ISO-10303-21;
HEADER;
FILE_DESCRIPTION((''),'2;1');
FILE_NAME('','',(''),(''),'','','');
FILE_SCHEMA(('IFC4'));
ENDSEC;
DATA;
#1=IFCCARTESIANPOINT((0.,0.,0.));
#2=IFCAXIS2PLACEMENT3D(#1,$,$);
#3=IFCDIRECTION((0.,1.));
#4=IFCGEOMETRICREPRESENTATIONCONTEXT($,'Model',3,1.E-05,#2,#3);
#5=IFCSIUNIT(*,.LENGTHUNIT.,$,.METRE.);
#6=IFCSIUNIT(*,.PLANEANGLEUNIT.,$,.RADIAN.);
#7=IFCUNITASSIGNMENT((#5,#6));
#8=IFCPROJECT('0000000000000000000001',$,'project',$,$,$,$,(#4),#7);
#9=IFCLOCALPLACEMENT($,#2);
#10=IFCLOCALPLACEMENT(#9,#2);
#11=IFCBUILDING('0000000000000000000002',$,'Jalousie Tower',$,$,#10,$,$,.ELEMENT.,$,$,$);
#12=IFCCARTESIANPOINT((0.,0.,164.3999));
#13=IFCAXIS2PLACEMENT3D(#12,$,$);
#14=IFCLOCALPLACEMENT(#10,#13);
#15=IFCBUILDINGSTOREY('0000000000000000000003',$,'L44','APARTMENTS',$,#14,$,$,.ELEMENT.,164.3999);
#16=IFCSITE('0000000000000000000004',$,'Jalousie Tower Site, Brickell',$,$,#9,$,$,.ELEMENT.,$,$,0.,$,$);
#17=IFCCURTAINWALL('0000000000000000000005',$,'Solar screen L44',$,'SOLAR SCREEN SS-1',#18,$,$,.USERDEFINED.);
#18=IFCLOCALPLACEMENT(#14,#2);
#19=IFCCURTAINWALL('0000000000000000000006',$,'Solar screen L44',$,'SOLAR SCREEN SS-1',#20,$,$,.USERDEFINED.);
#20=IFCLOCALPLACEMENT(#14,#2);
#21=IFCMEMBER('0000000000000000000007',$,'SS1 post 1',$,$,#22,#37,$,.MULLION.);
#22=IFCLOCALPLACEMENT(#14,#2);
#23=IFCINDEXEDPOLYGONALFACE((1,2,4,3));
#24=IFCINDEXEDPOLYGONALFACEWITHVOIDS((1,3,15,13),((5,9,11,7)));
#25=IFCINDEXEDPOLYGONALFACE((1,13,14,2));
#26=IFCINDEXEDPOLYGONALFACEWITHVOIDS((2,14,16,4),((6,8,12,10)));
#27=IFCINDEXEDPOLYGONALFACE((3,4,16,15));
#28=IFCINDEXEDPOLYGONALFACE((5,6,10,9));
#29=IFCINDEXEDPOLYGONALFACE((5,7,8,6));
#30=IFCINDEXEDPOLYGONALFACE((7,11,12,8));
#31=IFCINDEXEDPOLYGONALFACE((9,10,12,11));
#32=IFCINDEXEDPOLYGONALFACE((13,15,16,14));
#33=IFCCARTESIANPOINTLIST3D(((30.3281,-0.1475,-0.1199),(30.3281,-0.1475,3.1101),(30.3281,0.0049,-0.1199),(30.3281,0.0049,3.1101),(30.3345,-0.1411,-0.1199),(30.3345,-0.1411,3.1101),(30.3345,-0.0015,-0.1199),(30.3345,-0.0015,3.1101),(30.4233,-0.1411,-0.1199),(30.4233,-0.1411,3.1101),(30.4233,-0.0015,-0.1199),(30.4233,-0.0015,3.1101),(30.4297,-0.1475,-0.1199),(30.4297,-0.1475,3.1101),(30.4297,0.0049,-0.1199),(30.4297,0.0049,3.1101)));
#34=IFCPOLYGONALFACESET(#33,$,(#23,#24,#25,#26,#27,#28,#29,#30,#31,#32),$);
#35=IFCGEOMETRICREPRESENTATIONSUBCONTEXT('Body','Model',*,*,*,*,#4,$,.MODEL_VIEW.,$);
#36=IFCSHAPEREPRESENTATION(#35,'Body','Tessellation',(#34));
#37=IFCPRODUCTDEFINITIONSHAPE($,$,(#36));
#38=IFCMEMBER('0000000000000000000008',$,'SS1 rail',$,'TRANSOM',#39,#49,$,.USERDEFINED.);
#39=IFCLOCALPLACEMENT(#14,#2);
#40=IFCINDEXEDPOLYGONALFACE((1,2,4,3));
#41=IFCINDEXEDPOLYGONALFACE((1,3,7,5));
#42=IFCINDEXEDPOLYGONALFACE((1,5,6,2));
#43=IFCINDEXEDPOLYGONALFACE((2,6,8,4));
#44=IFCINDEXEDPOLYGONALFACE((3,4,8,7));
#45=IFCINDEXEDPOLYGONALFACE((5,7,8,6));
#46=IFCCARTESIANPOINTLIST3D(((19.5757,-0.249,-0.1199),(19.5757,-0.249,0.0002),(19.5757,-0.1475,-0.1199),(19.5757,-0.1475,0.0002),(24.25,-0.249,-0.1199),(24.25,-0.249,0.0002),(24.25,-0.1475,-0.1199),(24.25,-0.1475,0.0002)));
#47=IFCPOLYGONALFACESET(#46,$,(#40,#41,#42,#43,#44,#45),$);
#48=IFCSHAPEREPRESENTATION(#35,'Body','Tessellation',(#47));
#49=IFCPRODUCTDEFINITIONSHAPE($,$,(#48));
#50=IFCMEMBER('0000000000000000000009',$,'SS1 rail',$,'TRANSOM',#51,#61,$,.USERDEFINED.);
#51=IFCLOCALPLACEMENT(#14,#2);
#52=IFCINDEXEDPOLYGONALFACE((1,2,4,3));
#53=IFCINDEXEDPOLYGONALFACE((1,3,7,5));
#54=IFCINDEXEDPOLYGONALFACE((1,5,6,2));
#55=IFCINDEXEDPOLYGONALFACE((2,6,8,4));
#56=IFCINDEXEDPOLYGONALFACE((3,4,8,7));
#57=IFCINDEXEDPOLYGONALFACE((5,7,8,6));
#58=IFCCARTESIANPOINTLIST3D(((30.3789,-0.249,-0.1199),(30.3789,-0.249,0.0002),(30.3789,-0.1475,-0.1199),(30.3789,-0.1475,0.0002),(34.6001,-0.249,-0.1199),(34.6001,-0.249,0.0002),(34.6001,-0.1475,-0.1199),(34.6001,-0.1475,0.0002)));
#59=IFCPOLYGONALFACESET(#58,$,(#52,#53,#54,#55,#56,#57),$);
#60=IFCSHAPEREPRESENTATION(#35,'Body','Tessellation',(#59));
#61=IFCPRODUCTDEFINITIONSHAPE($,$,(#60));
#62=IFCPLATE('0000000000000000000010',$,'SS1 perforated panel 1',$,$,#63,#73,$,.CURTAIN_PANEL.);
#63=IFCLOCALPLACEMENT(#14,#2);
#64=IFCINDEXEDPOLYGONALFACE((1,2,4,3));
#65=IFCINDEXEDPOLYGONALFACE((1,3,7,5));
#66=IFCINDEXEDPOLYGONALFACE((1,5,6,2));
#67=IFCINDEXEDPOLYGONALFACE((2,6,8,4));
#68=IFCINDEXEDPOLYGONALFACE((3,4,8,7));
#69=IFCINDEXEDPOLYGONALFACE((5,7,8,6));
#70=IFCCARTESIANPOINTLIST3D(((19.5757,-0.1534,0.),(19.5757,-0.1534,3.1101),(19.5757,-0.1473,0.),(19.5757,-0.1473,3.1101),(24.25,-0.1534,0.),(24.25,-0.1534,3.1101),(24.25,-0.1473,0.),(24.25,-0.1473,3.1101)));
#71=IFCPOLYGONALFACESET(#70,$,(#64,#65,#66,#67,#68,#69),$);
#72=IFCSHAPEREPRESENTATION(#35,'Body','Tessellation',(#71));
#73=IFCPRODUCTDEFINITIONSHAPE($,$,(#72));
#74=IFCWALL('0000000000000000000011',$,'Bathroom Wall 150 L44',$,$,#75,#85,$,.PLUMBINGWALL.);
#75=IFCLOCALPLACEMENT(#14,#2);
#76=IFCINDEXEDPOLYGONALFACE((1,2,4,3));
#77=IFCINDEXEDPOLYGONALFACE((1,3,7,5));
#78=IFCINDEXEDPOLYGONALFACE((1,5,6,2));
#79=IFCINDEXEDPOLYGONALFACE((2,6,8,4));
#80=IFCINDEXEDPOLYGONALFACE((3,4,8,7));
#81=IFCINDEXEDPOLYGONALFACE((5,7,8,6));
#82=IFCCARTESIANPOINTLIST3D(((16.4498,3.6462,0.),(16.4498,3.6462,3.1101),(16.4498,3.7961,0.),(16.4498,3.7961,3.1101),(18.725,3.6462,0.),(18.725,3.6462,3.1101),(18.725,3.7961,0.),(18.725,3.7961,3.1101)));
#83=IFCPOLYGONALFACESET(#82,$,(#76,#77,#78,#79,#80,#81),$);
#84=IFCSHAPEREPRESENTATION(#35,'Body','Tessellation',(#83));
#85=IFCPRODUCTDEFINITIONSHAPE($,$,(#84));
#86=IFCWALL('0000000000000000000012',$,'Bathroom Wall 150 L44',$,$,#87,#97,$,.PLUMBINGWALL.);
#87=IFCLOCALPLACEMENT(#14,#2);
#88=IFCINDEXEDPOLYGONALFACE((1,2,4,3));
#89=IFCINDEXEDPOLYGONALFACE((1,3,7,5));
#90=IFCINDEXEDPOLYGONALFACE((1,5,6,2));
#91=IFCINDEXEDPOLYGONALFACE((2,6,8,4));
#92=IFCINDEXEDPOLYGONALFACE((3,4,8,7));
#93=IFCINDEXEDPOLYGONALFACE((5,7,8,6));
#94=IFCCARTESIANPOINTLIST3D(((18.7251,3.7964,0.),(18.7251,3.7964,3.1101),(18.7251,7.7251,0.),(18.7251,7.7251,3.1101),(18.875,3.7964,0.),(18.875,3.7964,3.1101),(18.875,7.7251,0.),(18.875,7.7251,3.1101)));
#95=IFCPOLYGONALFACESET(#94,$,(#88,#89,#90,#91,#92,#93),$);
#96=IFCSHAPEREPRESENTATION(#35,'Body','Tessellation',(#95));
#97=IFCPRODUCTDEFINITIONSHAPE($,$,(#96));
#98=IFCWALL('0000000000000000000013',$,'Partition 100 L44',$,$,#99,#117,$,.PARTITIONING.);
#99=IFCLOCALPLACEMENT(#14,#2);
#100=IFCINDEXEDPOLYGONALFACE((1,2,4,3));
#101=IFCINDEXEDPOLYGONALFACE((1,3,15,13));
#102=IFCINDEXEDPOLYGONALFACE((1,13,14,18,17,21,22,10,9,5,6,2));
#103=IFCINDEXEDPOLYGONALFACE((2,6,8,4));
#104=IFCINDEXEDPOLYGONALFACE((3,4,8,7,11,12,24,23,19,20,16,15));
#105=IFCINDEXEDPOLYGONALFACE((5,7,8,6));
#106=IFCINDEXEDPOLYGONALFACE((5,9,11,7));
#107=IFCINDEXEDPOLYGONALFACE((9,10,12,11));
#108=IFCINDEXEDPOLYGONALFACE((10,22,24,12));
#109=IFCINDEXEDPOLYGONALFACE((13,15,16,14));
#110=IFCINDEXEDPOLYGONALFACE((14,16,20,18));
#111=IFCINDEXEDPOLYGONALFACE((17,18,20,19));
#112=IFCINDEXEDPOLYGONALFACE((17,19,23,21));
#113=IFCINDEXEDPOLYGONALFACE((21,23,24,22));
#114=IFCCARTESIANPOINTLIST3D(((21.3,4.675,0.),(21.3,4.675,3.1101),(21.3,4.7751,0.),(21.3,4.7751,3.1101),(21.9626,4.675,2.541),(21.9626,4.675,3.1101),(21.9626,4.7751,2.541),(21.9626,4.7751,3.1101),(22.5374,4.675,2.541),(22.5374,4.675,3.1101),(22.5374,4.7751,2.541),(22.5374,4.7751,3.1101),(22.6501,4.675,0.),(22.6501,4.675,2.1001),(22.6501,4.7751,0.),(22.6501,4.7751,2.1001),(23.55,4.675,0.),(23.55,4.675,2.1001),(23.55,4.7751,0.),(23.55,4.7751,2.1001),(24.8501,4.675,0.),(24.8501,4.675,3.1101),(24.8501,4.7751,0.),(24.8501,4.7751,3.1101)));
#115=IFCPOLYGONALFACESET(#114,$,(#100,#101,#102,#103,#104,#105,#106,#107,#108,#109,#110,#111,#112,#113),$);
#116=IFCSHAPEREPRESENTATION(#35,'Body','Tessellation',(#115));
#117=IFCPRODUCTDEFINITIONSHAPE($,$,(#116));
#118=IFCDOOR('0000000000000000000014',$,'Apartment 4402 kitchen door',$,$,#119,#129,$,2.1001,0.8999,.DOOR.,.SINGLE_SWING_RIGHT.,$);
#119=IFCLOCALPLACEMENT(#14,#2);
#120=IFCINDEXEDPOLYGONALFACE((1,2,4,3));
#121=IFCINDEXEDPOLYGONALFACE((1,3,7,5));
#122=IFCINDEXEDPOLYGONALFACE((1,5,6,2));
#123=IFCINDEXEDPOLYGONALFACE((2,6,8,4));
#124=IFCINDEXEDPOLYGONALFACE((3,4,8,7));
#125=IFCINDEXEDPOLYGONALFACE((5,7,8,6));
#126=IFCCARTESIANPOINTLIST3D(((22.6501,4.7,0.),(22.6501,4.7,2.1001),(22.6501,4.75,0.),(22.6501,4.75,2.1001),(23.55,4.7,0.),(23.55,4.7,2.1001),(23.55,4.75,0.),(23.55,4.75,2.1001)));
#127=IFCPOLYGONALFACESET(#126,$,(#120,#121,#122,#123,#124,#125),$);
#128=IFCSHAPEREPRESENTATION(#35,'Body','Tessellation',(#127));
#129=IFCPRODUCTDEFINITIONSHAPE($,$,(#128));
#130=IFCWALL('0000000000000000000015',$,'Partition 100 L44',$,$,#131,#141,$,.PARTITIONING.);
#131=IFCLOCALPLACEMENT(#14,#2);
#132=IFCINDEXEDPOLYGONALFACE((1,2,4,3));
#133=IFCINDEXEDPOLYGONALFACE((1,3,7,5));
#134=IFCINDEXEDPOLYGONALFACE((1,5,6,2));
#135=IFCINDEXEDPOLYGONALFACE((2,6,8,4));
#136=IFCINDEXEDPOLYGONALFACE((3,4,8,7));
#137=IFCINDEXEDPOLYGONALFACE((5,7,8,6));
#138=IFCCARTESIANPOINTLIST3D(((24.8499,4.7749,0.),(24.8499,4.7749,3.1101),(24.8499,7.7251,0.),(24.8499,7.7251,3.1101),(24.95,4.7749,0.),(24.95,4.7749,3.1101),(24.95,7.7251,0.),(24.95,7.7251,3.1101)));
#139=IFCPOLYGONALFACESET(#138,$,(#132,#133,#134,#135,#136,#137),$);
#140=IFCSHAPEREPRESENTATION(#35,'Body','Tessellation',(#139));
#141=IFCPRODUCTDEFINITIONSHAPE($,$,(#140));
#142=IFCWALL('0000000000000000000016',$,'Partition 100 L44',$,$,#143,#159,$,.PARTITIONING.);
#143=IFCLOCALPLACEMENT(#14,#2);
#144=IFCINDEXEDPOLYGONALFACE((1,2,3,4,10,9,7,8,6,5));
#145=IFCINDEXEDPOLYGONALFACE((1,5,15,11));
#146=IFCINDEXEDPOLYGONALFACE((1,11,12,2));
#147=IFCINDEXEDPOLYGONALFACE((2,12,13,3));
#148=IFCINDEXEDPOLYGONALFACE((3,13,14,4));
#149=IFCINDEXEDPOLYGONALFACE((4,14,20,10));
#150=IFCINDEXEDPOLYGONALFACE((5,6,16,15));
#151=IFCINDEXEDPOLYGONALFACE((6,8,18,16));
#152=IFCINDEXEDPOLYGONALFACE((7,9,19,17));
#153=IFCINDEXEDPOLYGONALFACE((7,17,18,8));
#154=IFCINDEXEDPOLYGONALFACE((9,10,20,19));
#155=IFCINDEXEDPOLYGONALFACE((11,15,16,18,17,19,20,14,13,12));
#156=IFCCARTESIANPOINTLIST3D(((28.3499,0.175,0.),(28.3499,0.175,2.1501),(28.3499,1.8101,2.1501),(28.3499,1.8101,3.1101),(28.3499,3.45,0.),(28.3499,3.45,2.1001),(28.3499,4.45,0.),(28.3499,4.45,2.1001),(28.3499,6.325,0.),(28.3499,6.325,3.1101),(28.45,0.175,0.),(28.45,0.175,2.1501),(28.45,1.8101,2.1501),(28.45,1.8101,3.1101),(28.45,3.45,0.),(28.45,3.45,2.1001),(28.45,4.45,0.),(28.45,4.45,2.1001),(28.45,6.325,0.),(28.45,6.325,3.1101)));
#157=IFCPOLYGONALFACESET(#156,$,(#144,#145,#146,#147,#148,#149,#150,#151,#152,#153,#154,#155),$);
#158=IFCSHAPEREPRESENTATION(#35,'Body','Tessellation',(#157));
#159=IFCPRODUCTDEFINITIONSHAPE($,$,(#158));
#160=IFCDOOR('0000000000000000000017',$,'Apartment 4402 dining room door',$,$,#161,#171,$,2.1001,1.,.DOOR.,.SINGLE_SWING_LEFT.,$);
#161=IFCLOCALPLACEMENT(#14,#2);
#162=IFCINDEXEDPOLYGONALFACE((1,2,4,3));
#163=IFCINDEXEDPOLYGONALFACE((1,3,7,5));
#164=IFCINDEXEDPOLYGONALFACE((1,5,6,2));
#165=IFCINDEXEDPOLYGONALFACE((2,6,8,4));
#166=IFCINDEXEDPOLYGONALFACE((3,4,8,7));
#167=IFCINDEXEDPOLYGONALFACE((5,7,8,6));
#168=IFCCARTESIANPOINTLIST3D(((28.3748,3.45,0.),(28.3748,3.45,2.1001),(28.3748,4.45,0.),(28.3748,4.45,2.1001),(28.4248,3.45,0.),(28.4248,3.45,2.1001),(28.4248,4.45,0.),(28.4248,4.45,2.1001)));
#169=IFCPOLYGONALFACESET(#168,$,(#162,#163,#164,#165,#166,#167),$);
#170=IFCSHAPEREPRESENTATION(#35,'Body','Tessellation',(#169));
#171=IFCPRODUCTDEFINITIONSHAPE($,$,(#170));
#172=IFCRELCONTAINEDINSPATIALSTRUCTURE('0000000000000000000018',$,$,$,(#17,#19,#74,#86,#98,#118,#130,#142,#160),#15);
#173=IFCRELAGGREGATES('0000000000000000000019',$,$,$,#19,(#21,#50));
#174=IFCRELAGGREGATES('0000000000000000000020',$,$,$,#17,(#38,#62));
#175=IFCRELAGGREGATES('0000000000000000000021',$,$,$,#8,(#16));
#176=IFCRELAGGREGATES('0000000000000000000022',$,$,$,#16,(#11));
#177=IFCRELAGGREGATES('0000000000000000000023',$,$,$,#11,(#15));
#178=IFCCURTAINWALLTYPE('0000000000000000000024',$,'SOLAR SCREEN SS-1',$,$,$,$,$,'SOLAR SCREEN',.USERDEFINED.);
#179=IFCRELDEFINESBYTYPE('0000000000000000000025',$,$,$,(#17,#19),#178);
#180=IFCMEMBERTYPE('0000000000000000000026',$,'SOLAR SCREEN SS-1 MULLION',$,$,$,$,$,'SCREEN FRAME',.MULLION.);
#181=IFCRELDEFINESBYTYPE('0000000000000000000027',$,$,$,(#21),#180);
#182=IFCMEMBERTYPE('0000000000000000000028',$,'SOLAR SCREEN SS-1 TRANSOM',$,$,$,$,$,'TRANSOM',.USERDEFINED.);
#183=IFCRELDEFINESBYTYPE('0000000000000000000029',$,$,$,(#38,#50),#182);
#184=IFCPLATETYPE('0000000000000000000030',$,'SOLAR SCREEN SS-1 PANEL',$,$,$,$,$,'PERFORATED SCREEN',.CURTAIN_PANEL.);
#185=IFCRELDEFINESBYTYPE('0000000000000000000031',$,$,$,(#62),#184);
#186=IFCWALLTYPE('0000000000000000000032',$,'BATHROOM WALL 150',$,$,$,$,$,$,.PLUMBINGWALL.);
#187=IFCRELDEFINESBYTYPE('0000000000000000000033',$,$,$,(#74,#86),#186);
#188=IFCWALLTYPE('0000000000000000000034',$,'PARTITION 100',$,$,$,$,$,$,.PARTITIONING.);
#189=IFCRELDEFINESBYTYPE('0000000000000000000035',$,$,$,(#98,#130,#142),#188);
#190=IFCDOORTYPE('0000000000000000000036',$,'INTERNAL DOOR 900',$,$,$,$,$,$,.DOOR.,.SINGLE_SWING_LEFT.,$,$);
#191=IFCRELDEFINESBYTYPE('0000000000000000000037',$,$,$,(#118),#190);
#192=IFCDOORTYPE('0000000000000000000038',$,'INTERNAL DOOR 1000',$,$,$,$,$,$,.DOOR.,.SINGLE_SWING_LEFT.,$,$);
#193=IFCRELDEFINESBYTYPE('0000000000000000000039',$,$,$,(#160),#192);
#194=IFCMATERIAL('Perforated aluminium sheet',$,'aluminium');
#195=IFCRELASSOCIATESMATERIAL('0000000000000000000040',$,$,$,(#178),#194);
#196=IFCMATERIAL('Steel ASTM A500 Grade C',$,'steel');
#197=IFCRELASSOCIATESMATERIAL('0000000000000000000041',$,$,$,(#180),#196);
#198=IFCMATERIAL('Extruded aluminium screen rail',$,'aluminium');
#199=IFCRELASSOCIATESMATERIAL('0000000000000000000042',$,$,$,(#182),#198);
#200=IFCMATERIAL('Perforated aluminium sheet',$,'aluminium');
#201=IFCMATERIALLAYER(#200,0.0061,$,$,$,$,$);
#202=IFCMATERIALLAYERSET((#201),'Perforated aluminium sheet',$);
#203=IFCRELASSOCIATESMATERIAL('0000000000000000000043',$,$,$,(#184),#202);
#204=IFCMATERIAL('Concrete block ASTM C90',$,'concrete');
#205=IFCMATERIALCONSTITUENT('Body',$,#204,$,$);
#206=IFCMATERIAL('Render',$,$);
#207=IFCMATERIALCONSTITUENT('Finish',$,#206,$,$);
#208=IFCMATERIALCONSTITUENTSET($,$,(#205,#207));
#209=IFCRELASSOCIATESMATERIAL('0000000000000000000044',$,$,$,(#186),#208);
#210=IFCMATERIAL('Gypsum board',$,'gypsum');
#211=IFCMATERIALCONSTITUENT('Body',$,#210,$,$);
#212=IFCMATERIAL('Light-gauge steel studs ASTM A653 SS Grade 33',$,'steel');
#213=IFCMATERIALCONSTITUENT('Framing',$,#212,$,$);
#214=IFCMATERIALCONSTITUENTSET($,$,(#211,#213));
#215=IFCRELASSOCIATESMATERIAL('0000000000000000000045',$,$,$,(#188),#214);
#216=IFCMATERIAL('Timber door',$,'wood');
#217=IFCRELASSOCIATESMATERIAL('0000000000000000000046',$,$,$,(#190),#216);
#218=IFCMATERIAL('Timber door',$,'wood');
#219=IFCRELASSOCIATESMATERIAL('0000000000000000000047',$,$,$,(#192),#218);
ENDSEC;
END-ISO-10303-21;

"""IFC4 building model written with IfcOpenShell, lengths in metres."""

from ifc_helpers import new_model, si_unit, direction, frame, frame_2d, origin, origin_2d, place, context, subcontext, project, spatial, polyline, rectangle, hollow_rectangle, outline, extrude, material, layer, layer_set, constituent, constituent_set, material_profile, profile_set, type_object, element, fill, aggregate, save


model = new_model("IFC4")

# Units and contexts
model_context = context("Model", 3, precision=1e-05, world=origin(), true_north=direction((0.0, 1.0)))
body_context = subcontext(model_context, "Body", "Model", "MODEL_VIEW")
ifc_project = project(units=[si_unit("LENGTHUNIT", "METRE"), si_unit("PLANEANGLEUNIT", "RADIAN")], contexts=[model_context])

# Site, building, storey
site_placement = place(None, origin())
site = spatial("IfcSite", under=ifc_project, at=site_placement, Name="Jalousie Tower Site, Brickell", CompositionType="ELEMENT", RefElevation=0.0)
building_placement = place(site_placement, origin())
building = spatial("IfcBuilding", under=site, at=building_placement, Name="Jalousie Tower", CompositionType="ELEMENT")
storey_placement = place(building_placement, frame((0.0, 0.0, 164.3999)))
storey = spatial("IfcBuildingStorey", under=building, at=storey_placement, Name="L44", Description="APARTMENTS", CompositionType="ELEMENT", Elevation=164.3999)

# Curtain wall
ifc_material_1 = material(Name="Perforated aluminium sheet", Category="aluminium")
curtain_wall_type = type_object("IfcCurtainWallType", Name="SOLAR SCREEN SS-1", ElementType="SOLAR SCREEN", PredefinedType="USERDEFINED", material=ifc_material_1)
curtain_wall_1_placement = place(storey_placement, origin())
curtain_wall_1 = element("IfcCurtainWall", 1, at=curtain_wall_1_placement, inside=storey, type_object=curtain_wall_type, Name="Solar screen L44", ObjectType="SOLAR SCREEN SS-1", PredefinedType="USERDEFINED")
ifc_material_2 = material(Name="Steel ASTM A500 Grade C", Category="steel")
ifc_material_profile_1 = material_profile(ifc_material_2, hollow_rectangle(XDim=0.1016, YDim=0.1523, WallThickness=0.0063, at=origin_2d()), Name="HSS6X4X1/4")
ifc_profile_set_1 = profile_set([ifc_material_profile_1], Name="Steel ASTM A500 Grade C")
member_type_1 = type_object("IfcMemberType", Name="SOLAR SCREEN SS-1 MULLION", ElementType="SCREEN FRAME", PredefinedType="MULLION", material=ifc_profile_set_1)

# Curtain wall, member
curtain_wall_2_placement = place(storey_placement, origin())
curtain_wall_2 = element("IfcCurtainWall", 2, at=curtain_wall_2_placement, inside=storey, type_object=curtain_wall_type, Name="Solar screen L44", ObjectType="SOLAR SCREEN SS-1", PredefinedType="USERDEFINED")
member_1_placement = place(storey_placement, frame((30.3789, -0.0713, -0.1199), z_axis=(0.0, 0.0, 1.0), x_axis=(1.0, 0.0, 0.0)))
member_1 = element("IfcMember", 3, at=member_1_placement, type_object=member_type_1, Name="SS1 post 1", PredefinedType="MULLION", context=body_context, shape_type="SweptSolid", body=[
    extrude(hollow_rectangle(XDim=0.1016, YDim=0.1523, WallThickness=0.0063, at=origin_2d()), origin(), (0.0, 0.0, 1.0), 3.23),
])

# Members
ifc_material_3 = material(Name="Extruded aluminium screen rail", Category="aluminium")
ifc_material_profile_2 = material_profile(ifc_material_3, rectangle(XDim=0.1016, YDim=0.1201, at=origin_2d()), Name="RAIL 102x120")
ifc_profile_set_2 = profile_set([ifc_material_profile_2], Name="Extruded aluminium screen rail")
member_type_2 = type_object("IfcMemberType", Name="SOLAR SCREEN SS-1 TRANSOM", ElementType="TRANSOM", PredefinedType="USERDEFINED", material=ifc_profile_set_2)
member_2_placement = place(storey_placement, frame((19.5757, -0.1982, -0.0598), z_axis=(1.0, 0.0, 0.0), x_axis=(0.0, 1.0, 0.0)))
member_2 = element("IfcMember", 4, at=member_2_placement, type_object=member_type_2, Name="SS1 rail", ObjectType="TRANSOM", PredefinedType="USERDEFINED", context=body_context, shape_type="SweptSolid", body=[
    extrude(rectangle(XDim=0.1016, YDim=0.1201, at=origin_2d()), origin(), (0.0, 0.0, 1.0), 4.6743),
])
member_3_placement = place(storey_placement, frame((30.3789, -0.1982, -0.0598), z_axis=(1.0, 0.0, 0.0), x_axis=(0.0, 1.0, 0.0)))
member_3 = element("IfcMember", 5, at=member_3_placement, type_object=member_type_2, Name="SS1 rail", ObjectType="TRANSOM", PredefinedType="USERDEFINED", context=body_context, shape_type="SweptSolid", body=[
    extrude(rectangle(XDim=0.1016, YDim=0.1201, at=origin_2d()), origin(), (0.0, 0.0, 1.0), 4.2212),
])
aggregate(curtain_wall_2, [member_1, member_3])

# Plate
ifc_material_4 = material(Name="Perforated aluminium sheet", Category="aluminium")
ifc_layer_1 = layer(ifc_material_4, 0.0061)
ifc_layer_set_1 = layer_set([ifc_layer_1], Name="Perforated aluminium sheet")
plate_type = type_object("IfcPlateType", Name="SOLAR SCREEN SS-1 PANEL", ElementType="PERFORATED SCREEN", PredefinedType="CURTAIN_PANEL", material=ifc_layer_set_1)
plate_placement = place(storey_placement, frame((21.9128, -0.1504, 0.0), z_axis=(0.0, 0.0, 1.0), x_axis=(1.0, 0.0, 0.0)))
plate = element("IfcPlate", 6, at=plate_placement, type_object=plate_type, Name="SS1 perforated panel 1", PredefinedType="CURTAIN_PANEL", context=body_context, shape_type="SweptSolid", body=[
    extrude(rectangle(XDim=4.6743, YDim=0.0061, at=origin_2d()), origin(), (0.0, 0.0, 1.0), 3.1101),
])
aggregate(curtain_wall_1, [member_2, plate])

# Walls
ifc_material_5 = material(Name="Concrete block ASTM C90", Category="concrete")
ifc_constituent_1 = constituent(ifc_material_5, Name="Body")
ifc_material_6 = material(Name="Render")
ifc_constituent_2 = constituent(ifc_material_6, Name="Finish")
ifc_constituent_set_1 = constituent_set(constituents=[ifc_constituent_1, ifc_constituent_2])
wall_type_1 = type_object("IfcWallType", Name="BATHROOM WALL 150", PredefinedType="PLUMBINGWALL", material=ifc_constituent_set_1)
wall_1_placement = place(storey_placement, frame((18.7251, 3.7212, 0.0), z_axis=(0.0, 0.0, 1.0), x_axis=(-1.0, 0.0, 0.0)))
element("IfcWall", 7, at=wall_1_placement, inside=storey, type_object=wall_type_1, Name="Bathroom Wall 150 L44", PredefinedType="PLUMBINGWALL", context=body_context, shape_type="SweptSolid", body=[
    extrude(rectangle(XDim=2.2751, YDim=0.1499, at=frame_2d((1.1377, 0.0))), origin(), (0.0, 0.0, 1.0), 3.1101),
])
wall_2_placement = place(storey_placement, frame((18.8, 3.7964, 0.0), z_axis=(0.0, 0.0, 1.0), x_axis=(0.0, 1.0, 0.0)))
element("IfcWall", 8, at=wall_2_placement, inside=storey, type_object=wall_type_1, Name="Bathroom Wall 150 L44", PredefinedType="PLUMBINGWALL", context=body_context, shape_type="SweptSolid", body=[
    extrude(rectangle(XDim=3.9287, YDim=0.1499, at=frame_2d((1.9644, 0.0))), origin(), (0.0, 0.0, 1.0), 3.1101),
])

# Wall, opening, door
ifc_material_7 = material(Name="Gypsum board", Category="gypsum")
ifc_constituent_3 = constituent(ifc_material_7, Name="Body")
ifc_material_8 = material(Name="Light-gauge steel studs ASTM A653 SS Grade 33", Category="steel")
ifc_constituent_4 = constituent(ifc_material_8, Name="Framing")
ifc_constituent_set_2 = constituent_set(constituents=[ifc_constituent_3, ifc_constituent_4])
wall_type_2 = type_object("IfcWallType", Name="PARTITION 100", PredefinedType="PARTITIONING", material=ifc_constituent_set_2)
wall_3_placement = place(storey_placement, frame((21.3, 4.7251, 0.0), z_axis=(0.0, 0.0, 1.0), x_axis=(1.0, 0.0, 0.0)))
wall_3 = element("IfcWall", 9, at=wall_3_placement, inside=storey, type_object=wall_type_2, Name="Partition 100 L44", PredefinedType="PARTITIONING", context=body_context, shape_type="SweptSolid", body=[
    extrude(outline(polyline([(0.0, 0.0), (3.55, 0.0), (3.55, 3.1101), (1.2373, 3.1101), (1.2373, 2.541), (0.6626, 2.541), (0.6626, 3.1101), (0.0, 3.1101), (0.0, 0.0)])), frame((0.0, 0.05, 0.0), z_axis=(0.0, -1.0, 0.0), x_axis=(1.0, 0.0, 0.0)), (0.0, 0.0, 1.0), 0.1001),
])
opening_1_placement = place(wall_3_placement, frame((1.3501, 0.0, 0.0)))
opening_1 = element("IfcOpeningElement", 10, at=opening_1_placement, cuts=wall_3, PredefinedType="OPENING", context=body_context, shape_type="SweptSolid", body=[
    extrude(rectangle(XDim=0.8999, YDim=2.1001, at=frame_2d((0.45, 1.05))), frame((0.0, 0.0601, 0.0), z_axis=(0.0, -1.0, 0.0), x_axis=(1.0, 0.0, 0.0)), (0.0, 0.0, 1.0), 0.1201),
])
ifc_material_9 = material(Name="Timber door", Category="wood")
door_type_1 = type_object("IfcDoorType", Name="INTERNAL DOOR 900", OperationType="SINGLE_SWING_LEFT", PredefinedType="DOOR", material=ifc_material_9)
door_1_placement = place(opening_1_placement, origin())
door_1 = element("IfcDoor", 11, at=door_1_placement, inside=storey, type_object=door_type_1, Name="Apartment 4402 kitchen door", OperationType="SINGLE_SWING_RIGHT", OverallHeight=2.1001, OverallWidth=0.8999, PredefinedType="DOOR", context=body_context, shape_type="SweptSolid", body=[
    extrude(rectangle(XDim=0.8999, YDim=2.1001, at=frame_2d((0.45, 1.05))), frame((0.0, 0.0249, 0.0), z_axis=(0.0, -1.0, 0.0), x_axis=(1.0, 0.0, 0.0)), (0.0, 0.0, 1.0), 0.05),
])
fill(opening_1, door_1)

# Wall
wall_4_placement = place(storey_placement, frame((24.8999, 4.7749, 0.0), z_axis=(0.0, 0.0, 1.0), x_axis=(0.0, 1.0, 0.0)))
element("IfcWall", 12, at=wall_4_placement, inside=storey, type_object=wall_type_2, Name="Partition 100 L44", PredefinedType="PARTITIONING", context=body_context, shape_type="SweptSolid", body=[
    extrude(rectangle(XDim=2.9502, YDim=0.1001, at=frame_2d((1.4751, 0.0))), origin(), (0.0, 0.0, 1.0), 3.1101),
])

# Wall, opening, door
wall_5_placement = place(storey_placement, frame((28.3999, 0.175, 0.0), z_axis=(0.0, 0.0, 1.0), x_axis=(0.0, 1.0, 0.0)))
wall_5 = element("IfcWall", 13, at=wall_5_placement, inside=storey, type_object=wall_type_2, Name="Partition 100 L44", PredefinedType="PARTITIONING", context=body_context, shape_type="SweptSolid", body=[
    extrude(outline(polyline([(0.0, 0.0), (6.1499, 0.0), (6.1499, 3.1101), (1.635, 3.1101), (1.635, 2.1501), (0.0, 2.1501), (0.0, 3.1101), (0.0, 0.0)])), frame((0.0, 0.05, 0.0), z_axis=(0.0, -1.0, 0.0), x_axis=(1.0, 0.0, 0.0)), (0.0, 0.0, 1.0), 0.1001),
])
opening_2_placement = place(wall_5_placement, frame((3.2749, 0.0, 0.0)))
opening_2 = element("IfcOpeningElement", 14, at=opening_2_placement, cuts=wall_5, PredefinedType="OPENING", context=body_context, shape_type="SweptSolid", body=[
    extrude(rectangle(XDim=1.0, YDim=2.1001, at=frame_2d((0.5, 1.05))), frame((0.0, 0.0601, 0.0), z_axis=(0.0, -1.0, 0.0), x_axis=(1.0, 0.0, 0.0)), (0.0, 0.0, 1.0), 0.1201),
])
ifc_material_10 = material(Name="Timber door", Category="wood")
door_type_2 = type_object("IfcDoorType", Name="INTERNAL DOOR 1000", OperationType="SINGLE_SWING_LEFT", PredefinedType="DOOR", material=ifc_material_10)
door_2_placement = place(opening_2_placement, frame((1.0, 0.0, 0.0), z_axis=(0.0, 0.0, 1.0), x_axis=(-1.0, 0.0, 0.0)))
door_2 = element("IfcDoor", 15, at=door_2_placement, inside=storey, type_object=door_type_2, Name="Apartment 4402 dining room door", OperationType="SINGLE_SWING_LEFT", OverallHeight=2.1001, OverallWidth=1.0, PredefinedType="DOOR", context=body_context, shape_type="SweptSolid", body=[
    extrude(rectangle(XDim=1.0, YDim=2.1001, at=frame_2d((0.5, 1.05))), frame((0.0, 0.0249, 0.0), z_axis=(0.0, -1.0, 0.0), x_axis=(1.0, 0.0, 0.0)), (0.0, 0.0, 1.0), 0.05),
])
fill(opening_2, door_2)

save(model, "model.ifc")
